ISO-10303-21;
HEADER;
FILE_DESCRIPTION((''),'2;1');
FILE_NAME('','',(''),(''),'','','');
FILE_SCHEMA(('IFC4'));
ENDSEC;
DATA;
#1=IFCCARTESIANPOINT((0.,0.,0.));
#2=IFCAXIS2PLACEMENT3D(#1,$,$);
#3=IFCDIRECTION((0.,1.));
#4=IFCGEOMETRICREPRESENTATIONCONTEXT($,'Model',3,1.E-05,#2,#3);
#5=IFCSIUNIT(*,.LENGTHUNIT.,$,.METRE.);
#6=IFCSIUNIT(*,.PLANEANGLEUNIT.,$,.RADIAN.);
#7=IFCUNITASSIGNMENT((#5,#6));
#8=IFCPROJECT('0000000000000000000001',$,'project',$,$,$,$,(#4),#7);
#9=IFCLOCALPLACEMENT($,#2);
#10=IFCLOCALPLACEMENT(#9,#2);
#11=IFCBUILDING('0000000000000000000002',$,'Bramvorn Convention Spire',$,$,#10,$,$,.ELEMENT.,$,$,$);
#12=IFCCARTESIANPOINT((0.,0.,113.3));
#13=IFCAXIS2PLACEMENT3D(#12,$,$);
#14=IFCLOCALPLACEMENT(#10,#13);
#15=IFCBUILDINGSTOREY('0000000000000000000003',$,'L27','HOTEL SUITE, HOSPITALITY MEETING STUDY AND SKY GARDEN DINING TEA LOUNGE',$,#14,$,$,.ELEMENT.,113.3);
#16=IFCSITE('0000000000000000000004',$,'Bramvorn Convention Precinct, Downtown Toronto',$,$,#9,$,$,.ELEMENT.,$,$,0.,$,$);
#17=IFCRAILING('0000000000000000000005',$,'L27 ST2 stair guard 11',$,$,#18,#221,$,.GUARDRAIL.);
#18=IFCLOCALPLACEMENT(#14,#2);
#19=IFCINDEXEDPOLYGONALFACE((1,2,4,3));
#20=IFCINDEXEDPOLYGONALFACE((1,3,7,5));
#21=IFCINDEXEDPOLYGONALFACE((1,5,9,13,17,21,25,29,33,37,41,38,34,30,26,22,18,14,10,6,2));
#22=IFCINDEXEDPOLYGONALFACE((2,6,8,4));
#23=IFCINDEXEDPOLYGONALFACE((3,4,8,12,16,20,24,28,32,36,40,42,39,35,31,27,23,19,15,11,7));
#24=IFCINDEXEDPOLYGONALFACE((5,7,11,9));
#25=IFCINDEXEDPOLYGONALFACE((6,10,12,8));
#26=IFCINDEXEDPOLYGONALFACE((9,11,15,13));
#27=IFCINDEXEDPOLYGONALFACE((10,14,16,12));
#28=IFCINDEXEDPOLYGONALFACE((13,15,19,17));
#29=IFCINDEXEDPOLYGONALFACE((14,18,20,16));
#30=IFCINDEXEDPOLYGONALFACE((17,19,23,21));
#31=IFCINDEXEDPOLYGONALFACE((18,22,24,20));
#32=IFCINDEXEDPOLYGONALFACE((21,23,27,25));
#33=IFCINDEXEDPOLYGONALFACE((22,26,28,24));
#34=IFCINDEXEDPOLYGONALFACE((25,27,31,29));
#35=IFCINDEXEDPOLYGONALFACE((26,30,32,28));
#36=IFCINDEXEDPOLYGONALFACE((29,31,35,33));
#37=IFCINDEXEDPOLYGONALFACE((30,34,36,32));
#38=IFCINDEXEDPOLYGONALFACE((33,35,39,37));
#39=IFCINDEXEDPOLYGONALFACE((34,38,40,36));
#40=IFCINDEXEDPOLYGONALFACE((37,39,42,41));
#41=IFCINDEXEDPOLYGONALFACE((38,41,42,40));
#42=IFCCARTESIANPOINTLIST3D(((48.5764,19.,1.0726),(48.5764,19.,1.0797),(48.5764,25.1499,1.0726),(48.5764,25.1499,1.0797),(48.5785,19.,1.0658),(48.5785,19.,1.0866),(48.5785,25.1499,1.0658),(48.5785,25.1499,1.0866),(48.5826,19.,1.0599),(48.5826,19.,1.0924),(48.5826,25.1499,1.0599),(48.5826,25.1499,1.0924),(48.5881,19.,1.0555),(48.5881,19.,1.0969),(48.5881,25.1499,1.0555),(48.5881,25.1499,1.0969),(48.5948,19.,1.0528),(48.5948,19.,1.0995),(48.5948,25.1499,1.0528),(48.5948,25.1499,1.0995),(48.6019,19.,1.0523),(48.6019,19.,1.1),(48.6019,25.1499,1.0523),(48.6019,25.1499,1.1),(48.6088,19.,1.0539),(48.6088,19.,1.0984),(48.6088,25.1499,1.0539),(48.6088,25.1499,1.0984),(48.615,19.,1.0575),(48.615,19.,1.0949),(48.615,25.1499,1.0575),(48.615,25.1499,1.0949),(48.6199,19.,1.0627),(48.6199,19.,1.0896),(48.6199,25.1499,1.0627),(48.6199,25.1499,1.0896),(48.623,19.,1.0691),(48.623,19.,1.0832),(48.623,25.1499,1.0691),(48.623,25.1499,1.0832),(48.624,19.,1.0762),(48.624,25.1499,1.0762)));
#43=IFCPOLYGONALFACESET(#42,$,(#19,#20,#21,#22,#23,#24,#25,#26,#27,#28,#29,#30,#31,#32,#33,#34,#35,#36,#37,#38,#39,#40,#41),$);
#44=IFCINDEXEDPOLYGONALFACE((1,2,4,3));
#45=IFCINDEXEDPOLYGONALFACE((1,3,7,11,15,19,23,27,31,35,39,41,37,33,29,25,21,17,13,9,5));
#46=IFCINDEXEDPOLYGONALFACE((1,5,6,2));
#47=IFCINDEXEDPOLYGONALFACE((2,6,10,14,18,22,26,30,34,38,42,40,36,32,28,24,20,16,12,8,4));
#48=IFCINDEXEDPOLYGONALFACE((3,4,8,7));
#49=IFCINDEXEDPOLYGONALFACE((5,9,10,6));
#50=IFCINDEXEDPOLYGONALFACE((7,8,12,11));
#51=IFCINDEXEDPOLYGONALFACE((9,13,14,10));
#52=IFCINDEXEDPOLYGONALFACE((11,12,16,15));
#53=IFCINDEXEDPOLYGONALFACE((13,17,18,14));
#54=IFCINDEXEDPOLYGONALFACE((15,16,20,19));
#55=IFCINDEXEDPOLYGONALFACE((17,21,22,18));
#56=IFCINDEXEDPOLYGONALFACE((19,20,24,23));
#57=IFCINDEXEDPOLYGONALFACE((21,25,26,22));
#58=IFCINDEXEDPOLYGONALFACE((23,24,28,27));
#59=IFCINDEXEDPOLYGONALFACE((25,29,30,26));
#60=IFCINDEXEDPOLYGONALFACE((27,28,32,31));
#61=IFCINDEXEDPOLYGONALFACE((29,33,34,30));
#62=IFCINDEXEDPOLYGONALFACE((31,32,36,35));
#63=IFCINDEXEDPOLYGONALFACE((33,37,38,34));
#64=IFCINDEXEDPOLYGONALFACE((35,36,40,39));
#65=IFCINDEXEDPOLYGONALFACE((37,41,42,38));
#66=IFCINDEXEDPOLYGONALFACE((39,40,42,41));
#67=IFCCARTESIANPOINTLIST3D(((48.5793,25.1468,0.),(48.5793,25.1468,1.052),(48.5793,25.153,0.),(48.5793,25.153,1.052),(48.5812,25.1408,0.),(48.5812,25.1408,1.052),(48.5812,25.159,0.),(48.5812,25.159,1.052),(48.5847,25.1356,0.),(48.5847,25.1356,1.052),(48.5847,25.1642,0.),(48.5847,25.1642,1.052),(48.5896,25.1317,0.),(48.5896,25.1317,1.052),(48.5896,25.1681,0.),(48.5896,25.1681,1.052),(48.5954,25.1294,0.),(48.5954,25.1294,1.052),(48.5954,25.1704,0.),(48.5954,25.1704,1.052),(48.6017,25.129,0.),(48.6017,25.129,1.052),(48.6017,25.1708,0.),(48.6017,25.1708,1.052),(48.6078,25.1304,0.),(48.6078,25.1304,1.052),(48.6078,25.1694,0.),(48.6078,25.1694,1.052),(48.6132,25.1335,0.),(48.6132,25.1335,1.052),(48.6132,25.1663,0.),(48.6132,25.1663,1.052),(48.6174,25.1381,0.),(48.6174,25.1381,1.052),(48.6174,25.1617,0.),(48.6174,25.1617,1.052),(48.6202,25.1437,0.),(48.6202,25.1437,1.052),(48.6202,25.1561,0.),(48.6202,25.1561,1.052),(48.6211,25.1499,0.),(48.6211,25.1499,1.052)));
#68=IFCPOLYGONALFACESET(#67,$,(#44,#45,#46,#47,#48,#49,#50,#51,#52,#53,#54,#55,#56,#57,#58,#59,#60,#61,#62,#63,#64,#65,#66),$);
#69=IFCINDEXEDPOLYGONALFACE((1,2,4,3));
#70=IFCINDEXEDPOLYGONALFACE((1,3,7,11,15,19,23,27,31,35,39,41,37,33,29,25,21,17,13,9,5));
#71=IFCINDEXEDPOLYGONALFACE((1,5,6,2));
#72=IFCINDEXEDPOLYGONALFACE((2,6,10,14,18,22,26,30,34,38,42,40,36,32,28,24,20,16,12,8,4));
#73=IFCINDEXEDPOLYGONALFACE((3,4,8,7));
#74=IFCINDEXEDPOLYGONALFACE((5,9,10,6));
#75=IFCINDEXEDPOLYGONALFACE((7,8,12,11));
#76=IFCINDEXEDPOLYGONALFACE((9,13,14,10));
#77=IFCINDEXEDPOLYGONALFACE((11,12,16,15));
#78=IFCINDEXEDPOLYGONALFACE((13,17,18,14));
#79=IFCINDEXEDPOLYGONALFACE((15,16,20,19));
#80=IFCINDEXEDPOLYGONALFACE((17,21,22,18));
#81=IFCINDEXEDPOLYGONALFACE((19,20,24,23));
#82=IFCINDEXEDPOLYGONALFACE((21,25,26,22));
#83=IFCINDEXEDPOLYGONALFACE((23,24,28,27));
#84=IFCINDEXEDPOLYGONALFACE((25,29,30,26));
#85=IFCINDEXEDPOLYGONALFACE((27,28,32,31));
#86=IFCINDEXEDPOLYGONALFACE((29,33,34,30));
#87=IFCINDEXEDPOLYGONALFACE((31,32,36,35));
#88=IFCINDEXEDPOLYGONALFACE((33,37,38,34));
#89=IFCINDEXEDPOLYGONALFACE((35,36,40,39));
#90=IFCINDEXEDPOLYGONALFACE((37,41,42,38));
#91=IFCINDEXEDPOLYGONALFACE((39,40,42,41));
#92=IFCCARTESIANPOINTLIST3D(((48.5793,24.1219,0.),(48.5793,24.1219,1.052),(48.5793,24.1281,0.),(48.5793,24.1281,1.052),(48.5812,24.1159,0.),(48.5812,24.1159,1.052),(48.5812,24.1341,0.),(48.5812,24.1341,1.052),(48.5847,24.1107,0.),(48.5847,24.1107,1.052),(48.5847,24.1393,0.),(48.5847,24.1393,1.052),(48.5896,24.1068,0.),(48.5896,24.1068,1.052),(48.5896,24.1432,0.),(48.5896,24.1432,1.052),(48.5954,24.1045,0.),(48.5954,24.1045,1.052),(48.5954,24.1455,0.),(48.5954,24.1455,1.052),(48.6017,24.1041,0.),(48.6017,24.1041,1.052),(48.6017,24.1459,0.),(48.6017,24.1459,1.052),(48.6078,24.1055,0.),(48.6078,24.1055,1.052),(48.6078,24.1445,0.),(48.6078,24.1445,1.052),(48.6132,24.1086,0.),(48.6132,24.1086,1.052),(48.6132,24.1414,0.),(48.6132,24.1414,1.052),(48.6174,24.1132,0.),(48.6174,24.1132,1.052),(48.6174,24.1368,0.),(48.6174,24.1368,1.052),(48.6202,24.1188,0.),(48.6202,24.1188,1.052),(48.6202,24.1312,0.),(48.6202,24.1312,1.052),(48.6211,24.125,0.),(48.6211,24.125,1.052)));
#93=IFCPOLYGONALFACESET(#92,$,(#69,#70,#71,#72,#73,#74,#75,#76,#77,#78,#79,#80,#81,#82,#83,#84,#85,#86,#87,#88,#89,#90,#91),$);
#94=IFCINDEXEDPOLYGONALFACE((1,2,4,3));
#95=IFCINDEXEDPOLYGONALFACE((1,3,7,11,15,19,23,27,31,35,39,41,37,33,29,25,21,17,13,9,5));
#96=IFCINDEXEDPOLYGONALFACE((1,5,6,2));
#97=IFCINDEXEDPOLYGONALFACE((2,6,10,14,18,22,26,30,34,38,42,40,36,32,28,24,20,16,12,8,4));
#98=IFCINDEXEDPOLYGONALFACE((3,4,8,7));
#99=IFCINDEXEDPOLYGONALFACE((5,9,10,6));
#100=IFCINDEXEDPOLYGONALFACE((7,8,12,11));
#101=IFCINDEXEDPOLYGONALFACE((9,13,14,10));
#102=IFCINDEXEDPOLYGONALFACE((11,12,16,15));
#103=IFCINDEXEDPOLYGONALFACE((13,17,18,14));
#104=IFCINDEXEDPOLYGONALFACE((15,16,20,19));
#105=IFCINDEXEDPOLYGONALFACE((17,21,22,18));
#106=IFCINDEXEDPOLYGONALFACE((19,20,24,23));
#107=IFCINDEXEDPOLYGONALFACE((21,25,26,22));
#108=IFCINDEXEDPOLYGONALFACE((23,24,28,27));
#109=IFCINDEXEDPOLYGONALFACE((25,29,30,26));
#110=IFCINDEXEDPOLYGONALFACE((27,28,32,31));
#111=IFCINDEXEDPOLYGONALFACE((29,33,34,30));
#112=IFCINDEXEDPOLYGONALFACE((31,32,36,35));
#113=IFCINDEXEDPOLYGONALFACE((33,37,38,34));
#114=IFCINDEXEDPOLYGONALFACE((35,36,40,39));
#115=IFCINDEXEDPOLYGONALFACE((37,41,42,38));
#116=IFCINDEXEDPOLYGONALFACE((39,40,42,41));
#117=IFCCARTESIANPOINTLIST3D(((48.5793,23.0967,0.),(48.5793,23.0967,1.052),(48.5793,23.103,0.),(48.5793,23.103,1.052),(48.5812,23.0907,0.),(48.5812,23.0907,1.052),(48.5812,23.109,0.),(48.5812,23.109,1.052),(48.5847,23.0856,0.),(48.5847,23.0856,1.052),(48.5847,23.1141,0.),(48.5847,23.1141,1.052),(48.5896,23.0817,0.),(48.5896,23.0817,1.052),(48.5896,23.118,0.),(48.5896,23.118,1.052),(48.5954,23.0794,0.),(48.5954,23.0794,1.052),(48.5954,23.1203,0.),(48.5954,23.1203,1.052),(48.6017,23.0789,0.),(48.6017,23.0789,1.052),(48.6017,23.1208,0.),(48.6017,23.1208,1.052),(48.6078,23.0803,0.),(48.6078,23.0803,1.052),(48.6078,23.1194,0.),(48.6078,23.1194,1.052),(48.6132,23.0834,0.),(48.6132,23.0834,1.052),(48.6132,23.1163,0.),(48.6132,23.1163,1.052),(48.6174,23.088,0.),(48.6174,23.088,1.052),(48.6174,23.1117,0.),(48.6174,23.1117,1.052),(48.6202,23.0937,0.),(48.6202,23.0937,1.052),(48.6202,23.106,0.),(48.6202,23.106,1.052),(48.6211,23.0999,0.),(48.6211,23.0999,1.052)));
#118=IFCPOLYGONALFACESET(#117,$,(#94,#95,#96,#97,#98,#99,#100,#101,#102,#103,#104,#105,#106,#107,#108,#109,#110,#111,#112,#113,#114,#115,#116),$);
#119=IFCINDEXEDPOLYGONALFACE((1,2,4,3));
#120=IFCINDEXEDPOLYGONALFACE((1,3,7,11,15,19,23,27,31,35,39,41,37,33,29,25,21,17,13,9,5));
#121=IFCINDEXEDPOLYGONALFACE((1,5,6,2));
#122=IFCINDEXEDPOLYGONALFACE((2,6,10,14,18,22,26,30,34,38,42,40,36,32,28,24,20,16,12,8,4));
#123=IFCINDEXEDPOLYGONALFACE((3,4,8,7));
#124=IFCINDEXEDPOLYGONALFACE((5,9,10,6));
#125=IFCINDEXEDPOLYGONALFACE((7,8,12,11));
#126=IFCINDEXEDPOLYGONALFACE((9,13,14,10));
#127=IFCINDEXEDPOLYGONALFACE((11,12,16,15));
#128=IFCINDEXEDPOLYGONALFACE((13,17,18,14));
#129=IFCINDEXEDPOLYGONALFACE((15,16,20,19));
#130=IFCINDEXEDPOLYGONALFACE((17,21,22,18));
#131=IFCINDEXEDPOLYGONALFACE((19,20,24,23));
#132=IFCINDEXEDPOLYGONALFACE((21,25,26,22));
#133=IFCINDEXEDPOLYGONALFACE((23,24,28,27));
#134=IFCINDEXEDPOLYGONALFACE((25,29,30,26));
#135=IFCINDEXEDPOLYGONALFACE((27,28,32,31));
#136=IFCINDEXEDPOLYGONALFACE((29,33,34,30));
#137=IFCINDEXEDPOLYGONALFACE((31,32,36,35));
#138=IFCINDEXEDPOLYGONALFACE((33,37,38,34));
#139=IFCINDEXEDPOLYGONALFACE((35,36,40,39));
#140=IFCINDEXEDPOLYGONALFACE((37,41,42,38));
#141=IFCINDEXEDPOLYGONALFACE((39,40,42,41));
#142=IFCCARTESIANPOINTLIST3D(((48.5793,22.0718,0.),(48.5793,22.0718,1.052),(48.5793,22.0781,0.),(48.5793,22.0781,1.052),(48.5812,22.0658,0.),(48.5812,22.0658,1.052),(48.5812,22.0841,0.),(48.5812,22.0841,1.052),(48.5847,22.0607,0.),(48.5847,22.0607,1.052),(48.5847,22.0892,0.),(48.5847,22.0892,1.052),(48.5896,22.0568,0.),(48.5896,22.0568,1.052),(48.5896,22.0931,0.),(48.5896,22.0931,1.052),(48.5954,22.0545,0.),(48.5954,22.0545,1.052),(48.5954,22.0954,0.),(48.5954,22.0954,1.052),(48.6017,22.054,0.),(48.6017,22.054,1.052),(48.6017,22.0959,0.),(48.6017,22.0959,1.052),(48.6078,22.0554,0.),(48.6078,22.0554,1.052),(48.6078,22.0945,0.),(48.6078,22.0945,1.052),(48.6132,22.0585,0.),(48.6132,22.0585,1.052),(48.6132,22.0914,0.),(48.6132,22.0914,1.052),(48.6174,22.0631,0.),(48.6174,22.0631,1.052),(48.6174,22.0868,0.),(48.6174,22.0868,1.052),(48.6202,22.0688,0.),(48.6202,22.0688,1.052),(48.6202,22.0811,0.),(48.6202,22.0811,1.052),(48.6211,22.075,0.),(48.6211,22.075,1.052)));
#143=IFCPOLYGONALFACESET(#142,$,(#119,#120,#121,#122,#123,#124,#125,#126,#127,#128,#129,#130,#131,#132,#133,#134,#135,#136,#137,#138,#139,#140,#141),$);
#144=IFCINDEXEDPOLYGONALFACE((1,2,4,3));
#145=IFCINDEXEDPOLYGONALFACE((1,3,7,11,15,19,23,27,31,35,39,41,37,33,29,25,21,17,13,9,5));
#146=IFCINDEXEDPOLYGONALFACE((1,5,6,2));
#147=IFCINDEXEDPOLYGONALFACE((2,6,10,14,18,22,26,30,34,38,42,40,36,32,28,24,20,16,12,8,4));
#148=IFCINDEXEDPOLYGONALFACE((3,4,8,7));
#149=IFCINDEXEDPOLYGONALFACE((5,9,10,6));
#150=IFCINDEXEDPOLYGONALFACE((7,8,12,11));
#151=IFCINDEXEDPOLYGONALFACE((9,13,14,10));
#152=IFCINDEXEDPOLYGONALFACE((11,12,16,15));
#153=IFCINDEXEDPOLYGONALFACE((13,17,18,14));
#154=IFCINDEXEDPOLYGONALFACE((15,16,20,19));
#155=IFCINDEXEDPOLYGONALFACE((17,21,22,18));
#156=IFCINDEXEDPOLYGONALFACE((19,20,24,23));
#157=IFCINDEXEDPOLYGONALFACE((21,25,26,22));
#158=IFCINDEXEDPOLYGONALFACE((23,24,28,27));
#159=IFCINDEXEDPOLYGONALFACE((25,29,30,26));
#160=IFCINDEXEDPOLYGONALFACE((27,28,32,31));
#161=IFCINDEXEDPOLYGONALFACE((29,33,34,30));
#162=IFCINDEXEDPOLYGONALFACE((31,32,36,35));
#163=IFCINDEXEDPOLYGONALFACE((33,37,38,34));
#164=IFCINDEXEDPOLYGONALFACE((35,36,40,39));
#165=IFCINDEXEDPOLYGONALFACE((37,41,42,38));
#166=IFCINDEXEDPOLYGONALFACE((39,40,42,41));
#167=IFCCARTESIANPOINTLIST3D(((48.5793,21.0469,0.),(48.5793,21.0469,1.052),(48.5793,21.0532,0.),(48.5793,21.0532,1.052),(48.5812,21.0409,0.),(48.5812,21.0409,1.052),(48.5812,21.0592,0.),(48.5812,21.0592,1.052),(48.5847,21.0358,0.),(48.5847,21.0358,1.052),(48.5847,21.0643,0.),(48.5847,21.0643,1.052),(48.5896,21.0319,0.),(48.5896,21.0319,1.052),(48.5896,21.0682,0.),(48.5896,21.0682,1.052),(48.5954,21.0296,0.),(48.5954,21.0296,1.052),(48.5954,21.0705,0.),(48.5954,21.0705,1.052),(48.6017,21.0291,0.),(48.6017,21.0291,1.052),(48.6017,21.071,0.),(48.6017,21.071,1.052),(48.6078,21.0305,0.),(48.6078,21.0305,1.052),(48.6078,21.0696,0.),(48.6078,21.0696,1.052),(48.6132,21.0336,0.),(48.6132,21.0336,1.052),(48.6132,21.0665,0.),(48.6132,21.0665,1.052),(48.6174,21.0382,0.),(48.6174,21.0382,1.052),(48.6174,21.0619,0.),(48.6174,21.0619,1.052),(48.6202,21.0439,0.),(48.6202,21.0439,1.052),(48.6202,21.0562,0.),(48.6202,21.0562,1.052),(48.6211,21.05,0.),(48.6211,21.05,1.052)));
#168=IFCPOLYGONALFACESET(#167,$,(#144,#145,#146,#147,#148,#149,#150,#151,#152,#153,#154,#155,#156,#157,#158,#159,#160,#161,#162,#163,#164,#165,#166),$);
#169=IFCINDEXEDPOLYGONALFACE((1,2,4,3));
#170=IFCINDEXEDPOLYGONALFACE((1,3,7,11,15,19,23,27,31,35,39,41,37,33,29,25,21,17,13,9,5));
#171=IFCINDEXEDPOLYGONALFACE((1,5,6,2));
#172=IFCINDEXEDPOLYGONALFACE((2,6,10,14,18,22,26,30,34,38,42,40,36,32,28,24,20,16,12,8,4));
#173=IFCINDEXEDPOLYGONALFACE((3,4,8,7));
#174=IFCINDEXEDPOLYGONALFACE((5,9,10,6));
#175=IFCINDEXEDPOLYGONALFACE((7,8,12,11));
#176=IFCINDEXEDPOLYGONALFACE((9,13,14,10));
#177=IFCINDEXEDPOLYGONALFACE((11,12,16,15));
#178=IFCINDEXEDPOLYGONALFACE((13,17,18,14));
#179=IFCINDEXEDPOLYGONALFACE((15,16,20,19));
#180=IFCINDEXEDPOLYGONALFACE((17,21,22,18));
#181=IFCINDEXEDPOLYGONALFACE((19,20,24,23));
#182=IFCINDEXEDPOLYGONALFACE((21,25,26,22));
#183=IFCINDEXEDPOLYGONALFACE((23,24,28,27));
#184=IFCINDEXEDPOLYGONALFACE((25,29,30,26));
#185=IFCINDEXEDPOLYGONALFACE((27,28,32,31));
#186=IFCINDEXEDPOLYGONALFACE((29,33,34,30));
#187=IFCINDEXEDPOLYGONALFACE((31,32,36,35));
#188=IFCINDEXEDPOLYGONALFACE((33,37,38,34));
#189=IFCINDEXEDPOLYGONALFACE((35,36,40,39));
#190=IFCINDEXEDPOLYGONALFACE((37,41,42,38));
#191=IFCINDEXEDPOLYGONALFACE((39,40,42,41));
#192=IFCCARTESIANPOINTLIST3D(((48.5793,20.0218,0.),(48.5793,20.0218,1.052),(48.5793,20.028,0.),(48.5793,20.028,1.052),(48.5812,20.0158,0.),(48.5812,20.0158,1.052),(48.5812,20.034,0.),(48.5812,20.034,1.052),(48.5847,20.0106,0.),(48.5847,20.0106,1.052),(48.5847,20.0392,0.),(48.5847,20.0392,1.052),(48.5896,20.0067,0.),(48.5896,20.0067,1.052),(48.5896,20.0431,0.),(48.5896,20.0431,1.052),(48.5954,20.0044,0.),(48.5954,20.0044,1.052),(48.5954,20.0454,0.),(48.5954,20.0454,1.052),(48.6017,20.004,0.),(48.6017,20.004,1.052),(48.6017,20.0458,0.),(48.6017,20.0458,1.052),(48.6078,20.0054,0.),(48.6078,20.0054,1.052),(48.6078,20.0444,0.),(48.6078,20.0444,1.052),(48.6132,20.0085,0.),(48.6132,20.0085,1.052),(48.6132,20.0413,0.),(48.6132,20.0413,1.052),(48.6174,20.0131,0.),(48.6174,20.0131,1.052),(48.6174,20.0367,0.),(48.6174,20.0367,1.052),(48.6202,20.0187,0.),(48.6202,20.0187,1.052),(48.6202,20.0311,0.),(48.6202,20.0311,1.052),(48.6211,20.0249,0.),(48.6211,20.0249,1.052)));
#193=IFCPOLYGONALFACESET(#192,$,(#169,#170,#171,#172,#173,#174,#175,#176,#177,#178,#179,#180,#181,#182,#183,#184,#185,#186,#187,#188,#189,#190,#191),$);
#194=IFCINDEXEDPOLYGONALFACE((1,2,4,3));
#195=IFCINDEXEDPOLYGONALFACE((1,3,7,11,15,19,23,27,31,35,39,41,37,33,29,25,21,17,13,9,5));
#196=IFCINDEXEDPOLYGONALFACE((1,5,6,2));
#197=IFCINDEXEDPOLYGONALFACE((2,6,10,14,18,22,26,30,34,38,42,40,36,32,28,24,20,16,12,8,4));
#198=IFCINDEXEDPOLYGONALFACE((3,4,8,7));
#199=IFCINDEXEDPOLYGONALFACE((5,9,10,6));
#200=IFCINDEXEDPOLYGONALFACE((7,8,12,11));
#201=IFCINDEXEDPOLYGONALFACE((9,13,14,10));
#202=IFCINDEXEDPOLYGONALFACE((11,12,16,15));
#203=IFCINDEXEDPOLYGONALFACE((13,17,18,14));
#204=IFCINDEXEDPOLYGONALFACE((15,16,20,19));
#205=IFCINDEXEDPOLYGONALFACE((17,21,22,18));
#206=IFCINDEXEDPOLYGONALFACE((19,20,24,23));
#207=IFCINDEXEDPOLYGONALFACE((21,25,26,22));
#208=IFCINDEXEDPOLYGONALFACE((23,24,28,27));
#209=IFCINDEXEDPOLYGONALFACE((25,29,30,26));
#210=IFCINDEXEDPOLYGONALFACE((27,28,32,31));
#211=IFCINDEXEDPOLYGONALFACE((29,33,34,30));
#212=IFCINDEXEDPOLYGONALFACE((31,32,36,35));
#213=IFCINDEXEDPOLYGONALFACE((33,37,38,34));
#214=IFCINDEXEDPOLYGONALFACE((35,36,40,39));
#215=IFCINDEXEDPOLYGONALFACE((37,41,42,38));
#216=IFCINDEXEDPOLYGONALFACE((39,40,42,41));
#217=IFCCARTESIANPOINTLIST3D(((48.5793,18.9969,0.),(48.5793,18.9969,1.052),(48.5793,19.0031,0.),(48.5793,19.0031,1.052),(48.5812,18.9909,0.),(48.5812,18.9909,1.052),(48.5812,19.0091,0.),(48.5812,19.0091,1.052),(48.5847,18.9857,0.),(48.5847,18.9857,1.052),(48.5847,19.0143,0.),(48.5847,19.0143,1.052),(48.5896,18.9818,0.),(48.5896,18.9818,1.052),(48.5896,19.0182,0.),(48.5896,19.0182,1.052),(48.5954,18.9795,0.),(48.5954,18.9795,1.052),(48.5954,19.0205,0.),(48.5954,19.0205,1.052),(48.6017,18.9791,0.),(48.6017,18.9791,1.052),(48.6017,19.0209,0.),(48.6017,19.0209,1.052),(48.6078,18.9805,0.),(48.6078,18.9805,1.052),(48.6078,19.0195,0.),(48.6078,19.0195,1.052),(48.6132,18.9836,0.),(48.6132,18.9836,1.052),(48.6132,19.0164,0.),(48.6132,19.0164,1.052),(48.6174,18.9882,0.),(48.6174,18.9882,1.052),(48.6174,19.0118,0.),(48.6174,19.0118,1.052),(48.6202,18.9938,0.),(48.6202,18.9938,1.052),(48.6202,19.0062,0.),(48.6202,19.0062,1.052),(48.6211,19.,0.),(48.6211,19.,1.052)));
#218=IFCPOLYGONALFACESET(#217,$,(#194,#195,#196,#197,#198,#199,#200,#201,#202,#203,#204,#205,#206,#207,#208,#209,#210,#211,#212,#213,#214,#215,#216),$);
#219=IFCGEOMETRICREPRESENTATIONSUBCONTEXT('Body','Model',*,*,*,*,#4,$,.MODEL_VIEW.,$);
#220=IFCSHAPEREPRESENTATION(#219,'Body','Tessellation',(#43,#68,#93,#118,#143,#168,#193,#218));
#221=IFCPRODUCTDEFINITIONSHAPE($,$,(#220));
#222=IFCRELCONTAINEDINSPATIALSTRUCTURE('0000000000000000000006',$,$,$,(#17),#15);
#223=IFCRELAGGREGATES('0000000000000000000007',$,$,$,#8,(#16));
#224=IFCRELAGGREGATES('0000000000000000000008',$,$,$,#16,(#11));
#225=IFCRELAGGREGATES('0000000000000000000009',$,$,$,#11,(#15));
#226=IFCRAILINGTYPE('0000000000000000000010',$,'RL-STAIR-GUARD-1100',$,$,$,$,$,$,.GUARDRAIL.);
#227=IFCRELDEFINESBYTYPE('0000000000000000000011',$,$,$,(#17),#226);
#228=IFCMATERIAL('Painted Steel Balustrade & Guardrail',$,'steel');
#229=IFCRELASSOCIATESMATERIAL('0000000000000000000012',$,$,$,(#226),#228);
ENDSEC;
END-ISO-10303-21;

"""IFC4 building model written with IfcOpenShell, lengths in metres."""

from ifc_helpers import new_model, si_unit, direction, frame, origin, origin_2d, place, context, subcontext, project, spatial, circle, extrude, material, type_object, element, save


model = new_model("IFC4")

# Units and contexts
model_context = context("Model", 3, precision=1e-05, world=origin(), true_north=direction((0.0, 1.0)))
body_context = subcontext(model_context, "Body", "Model", "MODEL_VIEW")
ifc_project = project(units=[si_unit("LENGTHUNIT", "METRE"), si_unit("PLANEANGLEUNIT", "RADIAN")], contexts=[model_context])

# Site, building, storey
site_placement = place(None, origin())
site = spatial("IfcSite", under=ifc_project, at=site_placement, Name="Bramvorn Convention Precinct, Downtown Toronto", CompositionType="ELEMENT", RefElevation=0.0)
building_placement = place(site_placement, origin())
building = spatial("IfcBuilding", under=site, at=building_placement, Name="Bramvorn Convention Spire", CompositionType="ELEMENT")
storey_placement = place(building_placement, frame((0.0, 0.0, 113.3)))
storey = spatial("IfcBuildingStorey", under=building, at=storey_placement, Name="L27", Description="HOTEL SUITE, HOSPITALITY MEETING STUDY AND SKY GARDEN DINING TEA LOUNGE", CompositionType="ELEMENT", Elevation=113.3)

# Railing
ifc_material_1 = material(Name="Painted Steel Balustrade & Guardrail", Category="steel")
railing_type_1 = type_object("IfcRailingType", Name="RL-STAIR-GUARD-1100", PredefinedType="GUARDRAIL", material=ifc_material_1)
railing_1_placement = place(storey_placement, frame((48.6001, 25.1499, 0.0)))
element("IfcRailing", 1, at=railing_1_placement, inside=storey, type_object=railing_type_1, Name="L27 ST2 stair guard 11", PredefinedType="GUARDRAIL", context=body_context, shape_type="SweptSolid", body=[
    extrude(circle(Radius=0.0239, at=origin_2d()), frame((0.0, 0.0, 1.0762), z_axis=(0.0, -1.0, 0.0), x_axis=(1.0, 0.0, 0.0)), (0.0, 0.0, 1.0), 6.1499),
    extrude(circle(Radius=0.021, at=origin_2d()), origin(), (0.0, 0.0, 1.0), 1.052),
    extrude(circle(Radius=0.021, at=origin_2d()), frame((0.0, -1.0249, 0.0)), (0.0, 0.0, 1.0), 1.052),
    extrude(circle(Radius=0.021, at=origin_2d()), frame((0.0, -2.05, 0.0)), (0.0, 0.0, 1.0), 1.052),
    extrude(circle(Radius=0.021, at=origin_2d()), frame((0.0, -3.075, 0.0)), (0.0, 0.0, 1.0), 1.052),
    extrude(circle(Radius=0.021, at=origin_2d()), frame((0.0, -4.0999, 0.0)), (0.0, 0.0, 1.0), 1.052),
    extrude(circle(Radius=0.021, at=origin_2d()), frame((0.0, -5.125, 0.0)), (0.0, 0.0, 1.0), 1.052),
    extrude(circle(Radius=0.021, at=origin_2d()), frame((0.0, -6.1499, 0.0)), (0.0, 0.0, 1.0), 1.052),
])

save(model, "model.ifc")
